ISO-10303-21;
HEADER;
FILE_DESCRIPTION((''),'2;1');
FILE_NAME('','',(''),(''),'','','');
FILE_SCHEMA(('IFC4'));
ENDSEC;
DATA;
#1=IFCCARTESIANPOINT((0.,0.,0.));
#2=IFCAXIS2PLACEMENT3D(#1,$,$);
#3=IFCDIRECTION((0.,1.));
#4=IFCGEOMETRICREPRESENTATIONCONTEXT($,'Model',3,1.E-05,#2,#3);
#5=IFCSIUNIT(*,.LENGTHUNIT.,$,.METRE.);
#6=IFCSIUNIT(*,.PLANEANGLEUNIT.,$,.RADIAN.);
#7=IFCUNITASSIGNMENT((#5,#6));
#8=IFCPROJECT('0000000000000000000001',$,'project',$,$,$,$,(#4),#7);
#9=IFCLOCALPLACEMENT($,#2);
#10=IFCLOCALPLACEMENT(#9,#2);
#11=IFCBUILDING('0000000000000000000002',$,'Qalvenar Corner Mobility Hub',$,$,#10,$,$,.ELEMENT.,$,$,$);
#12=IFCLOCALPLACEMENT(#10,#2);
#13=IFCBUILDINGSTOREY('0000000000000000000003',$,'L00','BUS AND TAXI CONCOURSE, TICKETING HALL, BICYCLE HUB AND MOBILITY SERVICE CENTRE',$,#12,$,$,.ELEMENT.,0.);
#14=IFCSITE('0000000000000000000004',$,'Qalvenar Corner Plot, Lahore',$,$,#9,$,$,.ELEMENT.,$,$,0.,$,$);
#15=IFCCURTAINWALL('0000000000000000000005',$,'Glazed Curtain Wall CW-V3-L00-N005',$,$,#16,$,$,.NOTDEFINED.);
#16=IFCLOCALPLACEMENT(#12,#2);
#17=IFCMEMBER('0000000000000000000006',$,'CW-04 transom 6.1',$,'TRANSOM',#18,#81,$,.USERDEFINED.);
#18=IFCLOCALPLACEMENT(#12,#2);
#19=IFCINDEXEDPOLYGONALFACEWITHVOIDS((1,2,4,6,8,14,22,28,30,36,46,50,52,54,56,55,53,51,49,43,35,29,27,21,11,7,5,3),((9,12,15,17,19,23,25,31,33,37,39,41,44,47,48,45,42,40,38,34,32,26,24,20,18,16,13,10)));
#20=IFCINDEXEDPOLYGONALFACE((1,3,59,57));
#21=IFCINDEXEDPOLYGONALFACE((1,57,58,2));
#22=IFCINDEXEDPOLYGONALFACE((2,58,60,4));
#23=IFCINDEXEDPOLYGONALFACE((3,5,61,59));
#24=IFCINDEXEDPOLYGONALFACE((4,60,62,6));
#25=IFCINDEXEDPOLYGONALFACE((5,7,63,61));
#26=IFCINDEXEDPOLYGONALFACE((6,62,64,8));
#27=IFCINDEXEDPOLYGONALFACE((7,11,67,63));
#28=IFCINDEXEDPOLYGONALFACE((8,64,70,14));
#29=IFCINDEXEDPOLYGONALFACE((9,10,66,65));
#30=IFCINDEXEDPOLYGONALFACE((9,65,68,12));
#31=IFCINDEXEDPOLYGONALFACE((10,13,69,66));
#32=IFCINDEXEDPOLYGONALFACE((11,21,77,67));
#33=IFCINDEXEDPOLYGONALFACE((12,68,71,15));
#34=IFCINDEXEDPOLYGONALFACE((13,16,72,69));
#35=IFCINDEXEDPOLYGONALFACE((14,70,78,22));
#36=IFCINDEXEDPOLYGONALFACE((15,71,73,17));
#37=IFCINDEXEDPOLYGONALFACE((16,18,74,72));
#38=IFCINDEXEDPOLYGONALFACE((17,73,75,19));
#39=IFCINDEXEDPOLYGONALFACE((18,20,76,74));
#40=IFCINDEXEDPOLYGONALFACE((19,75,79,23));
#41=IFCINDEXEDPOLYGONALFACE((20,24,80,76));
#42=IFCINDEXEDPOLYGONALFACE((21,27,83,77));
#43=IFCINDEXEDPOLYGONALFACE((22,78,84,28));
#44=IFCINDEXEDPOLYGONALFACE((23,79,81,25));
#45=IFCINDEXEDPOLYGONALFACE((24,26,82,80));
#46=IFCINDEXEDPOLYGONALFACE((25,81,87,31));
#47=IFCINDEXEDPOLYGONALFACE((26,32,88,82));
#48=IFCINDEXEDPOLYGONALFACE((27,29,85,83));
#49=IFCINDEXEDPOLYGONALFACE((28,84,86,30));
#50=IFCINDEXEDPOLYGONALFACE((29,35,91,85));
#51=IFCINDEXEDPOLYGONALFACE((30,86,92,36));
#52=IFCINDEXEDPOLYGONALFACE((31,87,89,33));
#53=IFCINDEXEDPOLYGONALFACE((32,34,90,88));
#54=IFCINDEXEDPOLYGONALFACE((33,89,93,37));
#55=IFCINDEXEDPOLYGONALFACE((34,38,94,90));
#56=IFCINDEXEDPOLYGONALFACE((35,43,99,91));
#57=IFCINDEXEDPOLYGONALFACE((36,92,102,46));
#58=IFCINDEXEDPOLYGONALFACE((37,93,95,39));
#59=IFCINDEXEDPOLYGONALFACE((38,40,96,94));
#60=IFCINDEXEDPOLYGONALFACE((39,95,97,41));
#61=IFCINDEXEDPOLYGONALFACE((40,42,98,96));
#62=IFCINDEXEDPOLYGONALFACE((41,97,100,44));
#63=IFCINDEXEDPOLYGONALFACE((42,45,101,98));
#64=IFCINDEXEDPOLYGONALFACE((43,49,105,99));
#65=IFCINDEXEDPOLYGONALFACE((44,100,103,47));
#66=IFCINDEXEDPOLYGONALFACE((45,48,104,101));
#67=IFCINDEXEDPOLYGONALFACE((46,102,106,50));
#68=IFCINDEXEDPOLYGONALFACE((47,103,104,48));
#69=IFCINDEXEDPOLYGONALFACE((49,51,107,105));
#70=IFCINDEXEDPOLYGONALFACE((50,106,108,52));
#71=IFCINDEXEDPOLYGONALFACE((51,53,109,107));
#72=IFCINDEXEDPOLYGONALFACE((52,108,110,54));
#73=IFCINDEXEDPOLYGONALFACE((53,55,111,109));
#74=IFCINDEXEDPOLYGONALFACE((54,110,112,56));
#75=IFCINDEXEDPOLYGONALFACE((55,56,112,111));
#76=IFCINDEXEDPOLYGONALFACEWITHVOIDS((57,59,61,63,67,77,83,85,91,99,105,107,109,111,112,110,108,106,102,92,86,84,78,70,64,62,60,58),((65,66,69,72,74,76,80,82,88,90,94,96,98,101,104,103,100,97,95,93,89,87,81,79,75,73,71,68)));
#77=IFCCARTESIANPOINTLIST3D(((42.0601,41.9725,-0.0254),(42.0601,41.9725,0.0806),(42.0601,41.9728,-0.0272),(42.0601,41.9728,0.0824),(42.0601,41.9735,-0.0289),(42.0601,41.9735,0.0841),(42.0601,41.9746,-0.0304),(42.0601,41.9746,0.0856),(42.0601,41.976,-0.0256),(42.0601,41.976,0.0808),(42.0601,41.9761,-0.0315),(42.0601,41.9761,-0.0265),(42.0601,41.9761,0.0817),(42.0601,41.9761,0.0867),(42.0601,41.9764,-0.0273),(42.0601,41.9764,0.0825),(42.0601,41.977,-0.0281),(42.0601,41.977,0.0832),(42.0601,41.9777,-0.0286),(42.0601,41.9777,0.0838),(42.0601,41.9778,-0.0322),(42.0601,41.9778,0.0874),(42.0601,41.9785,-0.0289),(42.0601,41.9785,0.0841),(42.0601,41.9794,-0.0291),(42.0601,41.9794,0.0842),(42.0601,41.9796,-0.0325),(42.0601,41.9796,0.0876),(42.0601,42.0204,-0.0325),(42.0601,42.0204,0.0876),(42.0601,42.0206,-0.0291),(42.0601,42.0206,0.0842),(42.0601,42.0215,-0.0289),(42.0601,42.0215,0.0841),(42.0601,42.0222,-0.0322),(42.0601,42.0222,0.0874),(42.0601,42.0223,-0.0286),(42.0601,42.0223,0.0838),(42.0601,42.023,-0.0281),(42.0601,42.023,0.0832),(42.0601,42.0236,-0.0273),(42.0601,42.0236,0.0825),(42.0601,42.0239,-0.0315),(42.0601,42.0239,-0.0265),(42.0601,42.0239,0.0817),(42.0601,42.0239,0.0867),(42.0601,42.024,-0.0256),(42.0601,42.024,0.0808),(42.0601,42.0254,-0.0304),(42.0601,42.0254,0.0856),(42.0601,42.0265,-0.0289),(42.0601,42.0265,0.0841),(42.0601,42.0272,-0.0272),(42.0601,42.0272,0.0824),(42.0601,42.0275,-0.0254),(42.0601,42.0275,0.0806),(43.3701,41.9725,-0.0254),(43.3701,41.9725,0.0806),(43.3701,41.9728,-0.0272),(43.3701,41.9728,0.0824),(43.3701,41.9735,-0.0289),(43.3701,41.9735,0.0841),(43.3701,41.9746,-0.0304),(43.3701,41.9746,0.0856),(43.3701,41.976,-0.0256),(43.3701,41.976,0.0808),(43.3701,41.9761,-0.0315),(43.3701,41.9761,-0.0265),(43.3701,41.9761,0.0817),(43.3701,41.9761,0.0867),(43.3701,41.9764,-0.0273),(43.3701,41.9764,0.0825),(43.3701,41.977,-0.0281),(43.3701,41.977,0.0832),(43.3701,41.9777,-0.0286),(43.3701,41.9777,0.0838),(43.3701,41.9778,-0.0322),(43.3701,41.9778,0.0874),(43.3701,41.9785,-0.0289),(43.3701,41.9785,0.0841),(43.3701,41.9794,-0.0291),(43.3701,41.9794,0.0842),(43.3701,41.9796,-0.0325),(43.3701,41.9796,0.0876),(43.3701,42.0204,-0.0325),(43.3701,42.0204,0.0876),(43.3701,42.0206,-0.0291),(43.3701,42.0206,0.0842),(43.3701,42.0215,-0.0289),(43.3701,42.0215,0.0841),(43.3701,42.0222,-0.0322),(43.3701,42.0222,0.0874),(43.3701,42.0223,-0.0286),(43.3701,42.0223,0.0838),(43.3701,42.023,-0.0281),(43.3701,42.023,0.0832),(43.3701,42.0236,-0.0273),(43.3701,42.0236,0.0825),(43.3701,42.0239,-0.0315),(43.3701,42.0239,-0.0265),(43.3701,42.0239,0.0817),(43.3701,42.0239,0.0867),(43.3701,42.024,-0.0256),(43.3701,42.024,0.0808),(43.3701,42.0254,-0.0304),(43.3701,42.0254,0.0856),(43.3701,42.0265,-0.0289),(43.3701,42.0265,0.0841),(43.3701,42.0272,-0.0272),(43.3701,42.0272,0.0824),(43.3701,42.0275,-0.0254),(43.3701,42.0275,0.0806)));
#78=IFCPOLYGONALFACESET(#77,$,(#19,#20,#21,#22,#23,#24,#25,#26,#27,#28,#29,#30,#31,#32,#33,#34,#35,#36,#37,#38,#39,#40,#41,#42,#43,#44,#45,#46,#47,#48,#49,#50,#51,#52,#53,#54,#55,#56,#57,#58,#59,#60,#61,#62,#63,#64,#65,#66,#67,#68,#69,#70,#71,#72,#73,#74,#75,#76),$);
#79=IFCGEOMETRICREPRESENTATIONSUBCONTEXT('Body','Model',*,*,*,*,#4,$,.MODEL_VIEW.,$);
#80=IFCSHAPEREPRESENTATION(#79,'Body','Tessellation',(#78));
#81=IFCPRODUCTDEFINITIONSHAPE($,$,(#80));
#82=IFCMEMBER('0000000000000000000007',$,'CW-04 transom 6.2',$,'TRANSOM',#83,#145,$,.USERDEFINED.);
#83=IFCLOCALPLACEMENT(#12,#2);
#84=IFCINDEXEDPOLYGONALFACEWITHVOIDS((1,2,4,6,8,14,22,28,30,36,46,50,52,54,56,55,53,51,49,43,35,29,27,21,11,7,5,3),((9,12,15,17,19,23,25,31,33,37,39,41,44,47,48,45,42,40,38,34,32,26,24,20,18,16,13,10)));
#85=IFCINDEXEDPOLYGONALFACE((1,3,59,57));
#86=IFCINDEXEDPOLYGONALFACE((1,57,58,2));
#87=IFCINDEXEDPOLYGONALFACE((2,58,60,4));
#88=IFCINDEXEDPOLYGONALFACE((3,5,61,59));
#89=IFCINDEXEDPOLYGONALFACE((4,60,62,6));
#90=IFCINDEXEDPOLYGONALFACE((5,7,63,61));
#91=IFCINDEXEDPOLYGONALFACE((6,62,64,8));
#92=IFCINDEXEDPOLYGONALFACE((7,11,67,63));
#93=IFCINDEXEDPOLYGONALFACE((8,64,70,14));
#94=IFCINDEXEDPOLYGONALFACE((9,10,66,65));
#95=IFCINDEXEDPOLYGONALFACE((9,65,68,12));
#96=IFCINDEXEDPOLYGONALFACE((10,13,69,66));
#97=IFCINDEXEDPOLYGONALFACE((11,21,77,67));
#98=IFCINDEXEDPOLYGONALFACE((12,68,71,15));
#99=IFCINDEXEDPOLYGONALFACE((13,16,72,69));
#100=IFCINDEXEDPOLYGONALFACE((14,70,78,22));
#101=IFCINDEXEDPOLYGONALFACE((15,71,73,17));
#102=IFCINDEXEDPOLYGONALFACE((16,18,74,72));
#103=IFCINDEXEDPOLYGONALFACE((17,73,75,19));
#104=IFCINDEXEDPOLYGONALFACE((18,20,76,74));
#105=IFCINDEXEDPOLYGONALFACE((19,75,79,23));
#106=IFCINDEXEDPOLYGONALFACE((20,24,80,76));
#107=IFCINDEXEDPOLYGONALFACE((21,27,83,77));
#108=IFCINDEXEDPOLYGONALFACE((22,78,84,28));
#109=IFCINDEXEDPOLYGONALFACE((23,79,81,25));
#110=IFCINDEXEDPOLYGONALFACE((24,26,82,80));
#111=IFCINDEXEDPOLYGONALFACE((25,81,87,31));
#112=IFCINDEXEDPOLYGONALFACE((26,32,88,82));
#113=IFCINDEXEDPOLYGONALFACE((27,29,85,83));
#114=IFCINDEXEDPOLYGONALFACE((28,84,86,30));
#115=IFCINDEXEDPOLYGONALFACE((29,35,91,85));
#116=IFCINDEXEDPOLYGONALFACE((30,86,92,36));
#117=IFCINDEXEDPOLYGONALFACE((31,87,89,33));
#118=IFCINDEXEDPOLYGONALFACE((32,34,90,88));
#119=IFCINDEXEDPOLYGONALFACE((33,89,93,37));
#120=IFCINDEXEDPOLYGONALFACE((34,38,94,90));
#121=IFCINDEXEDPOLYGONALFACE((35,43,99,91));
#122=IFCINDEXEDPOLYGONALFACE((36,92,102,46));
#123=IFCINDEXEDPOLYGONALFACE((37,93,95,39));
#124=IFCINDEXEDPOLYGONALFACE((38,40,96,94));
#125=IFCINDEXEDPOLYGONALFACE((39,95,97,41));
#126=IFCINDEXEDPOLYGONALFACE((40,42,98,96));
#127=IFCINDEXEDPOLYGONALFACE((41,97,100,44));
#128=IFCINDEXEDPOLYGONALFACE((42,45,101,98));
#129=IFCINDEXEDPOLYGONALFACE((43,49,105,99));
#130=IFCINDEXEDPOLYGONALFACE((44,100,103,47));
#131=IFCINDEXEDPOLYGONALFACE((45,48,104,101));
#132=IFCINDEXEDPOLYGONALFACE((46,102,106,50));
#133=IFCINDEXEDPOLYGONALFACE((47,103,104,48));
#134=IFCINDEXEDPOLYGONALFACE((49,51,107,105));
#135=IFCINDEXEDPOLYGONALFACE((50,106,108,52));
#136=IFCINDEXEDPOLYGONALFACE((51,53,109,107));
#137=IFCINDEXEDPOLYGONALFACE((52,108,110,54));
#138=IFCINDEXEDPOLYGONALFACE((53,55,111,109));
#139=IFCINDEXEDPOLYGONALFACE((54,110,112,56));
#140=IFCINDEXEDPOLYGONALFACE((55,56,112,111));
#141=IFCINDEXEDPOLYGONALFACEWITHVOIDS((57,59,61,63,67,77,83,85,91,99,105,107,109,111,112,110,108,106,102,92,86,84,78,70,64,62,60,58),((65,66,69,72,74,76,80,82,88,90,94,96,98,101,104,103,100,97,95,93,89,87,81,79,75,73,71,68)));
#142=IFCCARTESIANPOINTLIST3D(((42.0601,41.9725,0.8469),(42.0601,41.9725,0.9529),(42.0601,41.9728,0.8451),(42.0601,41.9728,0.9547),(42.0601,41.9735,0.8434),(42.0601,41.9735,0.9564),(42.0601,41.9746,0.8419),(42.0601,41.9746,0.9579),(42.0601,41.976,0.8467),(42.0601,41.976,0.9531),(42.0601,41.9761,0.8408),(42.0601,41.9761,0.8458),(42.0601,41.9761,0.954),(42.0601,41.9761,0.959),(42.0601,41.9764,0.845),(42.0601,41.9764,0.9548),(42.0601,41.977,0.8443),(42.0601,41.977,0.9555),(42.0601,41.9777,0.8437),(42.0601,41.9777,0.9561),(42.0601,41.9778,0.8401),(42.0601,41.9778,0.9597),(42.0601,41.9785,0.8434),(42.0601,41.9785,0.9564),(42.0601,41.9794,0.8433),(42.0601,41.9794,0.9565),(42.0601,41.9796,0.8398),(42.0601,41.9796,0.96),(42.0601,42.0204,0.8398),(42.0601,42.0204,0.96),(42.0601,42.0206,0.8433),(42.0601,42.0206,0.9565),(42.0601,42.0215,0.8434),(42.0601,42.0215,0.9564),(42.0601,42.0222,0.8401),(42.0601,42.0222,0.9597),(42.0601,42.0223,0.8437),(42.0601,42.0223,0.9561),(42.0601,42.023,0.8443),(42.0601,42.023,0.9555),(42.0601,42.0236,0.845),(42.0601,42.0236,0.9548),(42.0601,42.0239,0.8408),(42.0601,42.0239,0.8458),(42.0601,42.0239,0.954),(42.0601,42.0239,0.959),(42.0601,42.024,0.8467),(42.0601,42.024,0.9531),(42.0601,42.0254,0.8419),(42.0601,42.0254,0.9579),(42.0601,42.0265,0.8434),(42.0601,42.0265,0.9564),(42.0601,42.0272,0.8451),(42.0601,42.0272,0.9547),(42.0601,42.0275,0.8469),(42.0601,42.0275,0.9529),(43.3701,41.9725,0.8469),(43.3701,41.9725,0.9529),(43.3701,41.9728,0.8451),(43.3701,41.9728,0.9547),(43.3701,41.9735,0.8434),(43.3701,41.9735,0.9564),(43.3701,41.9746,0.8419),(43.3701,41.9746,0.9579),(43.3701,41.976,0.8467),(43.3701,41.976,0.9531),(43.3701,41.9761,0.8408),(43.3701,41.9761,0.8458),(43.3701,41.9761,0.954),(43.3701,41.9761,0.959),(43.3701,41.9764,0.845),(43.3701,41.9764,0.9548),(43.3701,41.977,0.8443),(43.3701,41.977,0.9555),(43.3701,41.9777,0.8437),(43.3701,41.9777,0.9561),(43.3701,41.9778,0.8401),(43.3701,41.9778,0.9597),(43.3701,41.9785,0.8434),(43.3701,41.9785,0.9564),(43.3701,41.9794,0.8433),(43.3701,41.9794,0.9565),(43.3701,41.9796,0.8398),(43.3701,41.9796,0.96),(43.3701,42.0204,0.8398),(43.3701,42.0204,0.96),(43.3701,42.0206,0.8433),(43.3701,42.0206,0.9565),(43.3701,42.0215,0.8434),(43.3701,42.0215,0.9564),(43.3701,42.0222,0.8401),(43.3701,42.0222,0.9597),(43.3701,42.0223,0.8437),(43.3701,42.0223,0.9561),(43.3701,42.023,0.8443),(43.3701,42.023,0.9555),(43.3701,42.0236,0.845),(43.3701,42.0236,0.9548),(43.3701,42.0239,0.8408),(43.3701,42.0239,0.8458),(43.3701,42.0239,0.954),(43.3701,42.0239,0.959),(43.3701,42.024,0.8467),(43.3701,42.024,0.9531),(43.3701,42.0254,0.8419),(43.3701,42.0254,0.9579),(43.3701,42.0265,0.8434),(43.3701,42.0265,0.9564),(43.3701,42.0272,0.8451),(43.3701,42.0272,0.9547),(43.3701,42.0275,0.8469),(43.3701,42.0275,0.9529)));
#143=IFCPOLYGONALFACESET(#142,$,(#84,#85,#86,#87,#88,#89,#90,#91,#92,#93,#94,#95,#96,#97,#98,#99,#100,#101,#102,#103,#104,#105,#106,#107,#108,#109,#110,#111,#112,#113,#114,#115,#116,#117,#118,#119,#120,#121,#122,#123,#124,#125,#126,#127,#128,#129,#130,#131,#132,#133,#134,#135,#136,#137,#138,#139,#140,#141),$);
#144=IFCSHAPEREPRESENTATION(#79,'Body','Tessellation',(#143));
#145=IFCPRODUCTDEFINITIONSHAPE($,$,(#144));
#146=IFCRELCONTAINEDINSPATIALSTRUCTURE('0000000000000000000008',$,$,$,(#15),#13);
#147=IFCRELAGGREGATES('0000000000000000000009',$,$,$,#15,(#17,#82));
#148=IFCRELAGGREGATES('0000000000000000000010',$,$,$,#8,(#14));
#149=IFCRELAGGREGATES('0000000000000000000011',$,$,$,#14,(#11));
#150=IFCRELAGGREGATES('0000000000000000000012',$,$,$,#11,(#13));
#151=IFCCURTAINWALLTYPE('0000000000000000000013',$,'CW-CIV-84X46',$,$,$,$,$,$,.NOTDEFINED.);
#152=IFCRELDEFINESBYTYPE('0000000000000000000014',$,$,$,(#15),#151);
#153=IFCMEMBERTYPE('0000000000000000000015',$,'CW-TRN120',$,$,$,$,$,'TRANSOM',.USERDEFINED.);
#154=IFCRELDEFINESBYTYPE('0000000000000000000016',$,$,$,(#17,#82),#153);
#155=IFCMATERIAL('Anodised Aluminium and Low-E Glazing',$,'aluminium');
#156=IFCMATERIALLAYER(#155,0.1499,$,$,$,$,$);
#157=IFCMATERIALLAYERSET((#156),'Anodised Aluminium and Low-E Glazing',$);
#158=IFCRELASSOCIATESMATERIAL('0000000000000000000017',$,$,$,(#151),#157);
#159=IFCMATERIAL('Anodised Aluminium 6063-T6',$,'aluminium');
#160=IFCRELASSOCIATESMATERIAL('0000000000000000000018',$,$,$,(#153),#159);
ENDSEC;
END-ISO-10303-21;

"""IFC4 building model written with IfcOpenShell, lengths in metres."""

from ifc_helpers import new_model, si_unit, direction, frame, origin, origin_2d, place, context, subcontext, project, spatial, hollow_rectangle, extrude, material, layer, layer_set, material_profile, profile_set, type_object, element, aggregate, save


model = new_model("IFC4")

# Units and contexts
model_context = context("Model", 3, precision=1e-05, world=origin(), true_north=direction((0.0, 1.0)))
body_context = subcontext(model_context, "Body", "Model", "MODEL_VIEW")
ifc_project = project(units=[si_unit("LENGTHUNIT", "METRE"), si_unit("PLANEANGLEUNIT", "RADIAN")], contexts=[model_context])

# Site, building, storey
site_placement = place(None, origin())
site = spatial("IfcSite", under=ifc_project, at=site_placement, Name="Qalvenar Corner Plot, Lahore", CompositionType="ELEMENT", RefElevation=0.0)
building_placement = place(site_placement, origin())
building = spatial("IfcBuilding", under=site, at=building_placement, Name="Qalvenar Corner Mobility Hub", CompositionType="ELEMENT")
storey_placement = place(building_placement, origin())
storey = spatial("IfcBuildingStorey", under=building, at=storey_placement, Name="L00", Description="BUS AND TAXI CONCOURSE, TICKETING HALL, BICYCLE HUB AND MOBILITY SERVICE CENTRE", CompositionType="ELEMENT", Elevation=0.0)

# Curtain wall
ifc_material_1 = material(Name="Anodised Aluminium and Low-E Glazing", Category="aluminium")
ifc_layer_1 = layer(ifc_material_1, 0.1499)
ifc_layer_set_1 = layer_set([ifc_layer_1], Name="Anodised Aluminium and Low-E Glazing")
curtain_wall_type = type_object("IfcCurtainWallType", Name="CW-CIV-84X46", PredefinedType="NOTDEFINED", material=ifc_layer_set_1)
curtain_wall_1_placement = place(storey_placement, origin())
curtain_wall_1 = element("IfcCurtainWall", 1, at=curtain_wall_1_placement, inside=storey, type_object=curtain_wall_type, Name="Glazed Curtain Wall CW-V3-L00-N005", PredefinedType="NOTDEFINED")
ifc_material_2 = material(Name="Anodised Aluminium 6063-T6", Category="aluminium")

# Members
ifc_material_profile_1 = material_profile(ifc_material_2, hollow_rectangle(XDim=0.0549, YDim=0.1201, WallThickness=0.0034, InnerFilletRadius=0.0034, OuterFilletRadius=0.0071, at=origin_2d()), Name="RHS120x55x3.5")
ifc_profile_set_1 = profile_set([ifc_material_profile_1], Name="Anodised Aluminium 6063-T6")
member_type_1 = type_object("IfcMemberType", Name="CW-TRN120", ElementType="TRANSOM", PredefinedType="USERDEFINED", material=ifc_profile_set_1)
member_1_placement = place(storey_placement, frame((43.3701, 42.0, 0.0276), z_axis=(-1.0, 0.0, 0.0), x_axis=(0.0, -1.0, 0.0)))
member_1 = element("IfcMember", 2, at=member_1_placement, type_object=member_type_1, Name="CW-04 transom 6.1", ObjectType="TRANSOM", PredefinedType="USERDEFINED", context=body_context, shape_type="SweptSolid", body=[
    extrude(hollow_rectangle(XDim=0.0549, YDim=0.1201, WallThickness=0.0034, InnerFilletRadius=0.0034, OuterFilletRadius=0.0071, at=origin_2d()), origin(), (0.0, 0.0, 1.0), 1.3101),
])
member_2_placement = place(storey_placement, frame((43.3701, 42.0, 0.8999), z_axis=(-1.0, 0.0, 0.0), x_axis=(0.0, -1.0, 0.0)))
member_2 = element("IfcMember", 3, at=member_2_placement, type_object=member_type_1, Name="CW-04 transom 6.2", ObjectType="TRANSOM", PredefinedType="USERDEFINED", context=body_context, shape_type="SweptSolid", body=[
    extrude(hollow_rectangle(XDim=0.0549, YDim=0.1201, WallThickness=0.0034, InnerFilletRadius=0.0034, OuterFilletRadius=0.0071, at=origin_2d()), origin(), (0.0, 0.0, 1.0), 1.3101),
])

aggregate(curtain_wall_1, [member_1, member_2])

save(model, "model.ifc")
